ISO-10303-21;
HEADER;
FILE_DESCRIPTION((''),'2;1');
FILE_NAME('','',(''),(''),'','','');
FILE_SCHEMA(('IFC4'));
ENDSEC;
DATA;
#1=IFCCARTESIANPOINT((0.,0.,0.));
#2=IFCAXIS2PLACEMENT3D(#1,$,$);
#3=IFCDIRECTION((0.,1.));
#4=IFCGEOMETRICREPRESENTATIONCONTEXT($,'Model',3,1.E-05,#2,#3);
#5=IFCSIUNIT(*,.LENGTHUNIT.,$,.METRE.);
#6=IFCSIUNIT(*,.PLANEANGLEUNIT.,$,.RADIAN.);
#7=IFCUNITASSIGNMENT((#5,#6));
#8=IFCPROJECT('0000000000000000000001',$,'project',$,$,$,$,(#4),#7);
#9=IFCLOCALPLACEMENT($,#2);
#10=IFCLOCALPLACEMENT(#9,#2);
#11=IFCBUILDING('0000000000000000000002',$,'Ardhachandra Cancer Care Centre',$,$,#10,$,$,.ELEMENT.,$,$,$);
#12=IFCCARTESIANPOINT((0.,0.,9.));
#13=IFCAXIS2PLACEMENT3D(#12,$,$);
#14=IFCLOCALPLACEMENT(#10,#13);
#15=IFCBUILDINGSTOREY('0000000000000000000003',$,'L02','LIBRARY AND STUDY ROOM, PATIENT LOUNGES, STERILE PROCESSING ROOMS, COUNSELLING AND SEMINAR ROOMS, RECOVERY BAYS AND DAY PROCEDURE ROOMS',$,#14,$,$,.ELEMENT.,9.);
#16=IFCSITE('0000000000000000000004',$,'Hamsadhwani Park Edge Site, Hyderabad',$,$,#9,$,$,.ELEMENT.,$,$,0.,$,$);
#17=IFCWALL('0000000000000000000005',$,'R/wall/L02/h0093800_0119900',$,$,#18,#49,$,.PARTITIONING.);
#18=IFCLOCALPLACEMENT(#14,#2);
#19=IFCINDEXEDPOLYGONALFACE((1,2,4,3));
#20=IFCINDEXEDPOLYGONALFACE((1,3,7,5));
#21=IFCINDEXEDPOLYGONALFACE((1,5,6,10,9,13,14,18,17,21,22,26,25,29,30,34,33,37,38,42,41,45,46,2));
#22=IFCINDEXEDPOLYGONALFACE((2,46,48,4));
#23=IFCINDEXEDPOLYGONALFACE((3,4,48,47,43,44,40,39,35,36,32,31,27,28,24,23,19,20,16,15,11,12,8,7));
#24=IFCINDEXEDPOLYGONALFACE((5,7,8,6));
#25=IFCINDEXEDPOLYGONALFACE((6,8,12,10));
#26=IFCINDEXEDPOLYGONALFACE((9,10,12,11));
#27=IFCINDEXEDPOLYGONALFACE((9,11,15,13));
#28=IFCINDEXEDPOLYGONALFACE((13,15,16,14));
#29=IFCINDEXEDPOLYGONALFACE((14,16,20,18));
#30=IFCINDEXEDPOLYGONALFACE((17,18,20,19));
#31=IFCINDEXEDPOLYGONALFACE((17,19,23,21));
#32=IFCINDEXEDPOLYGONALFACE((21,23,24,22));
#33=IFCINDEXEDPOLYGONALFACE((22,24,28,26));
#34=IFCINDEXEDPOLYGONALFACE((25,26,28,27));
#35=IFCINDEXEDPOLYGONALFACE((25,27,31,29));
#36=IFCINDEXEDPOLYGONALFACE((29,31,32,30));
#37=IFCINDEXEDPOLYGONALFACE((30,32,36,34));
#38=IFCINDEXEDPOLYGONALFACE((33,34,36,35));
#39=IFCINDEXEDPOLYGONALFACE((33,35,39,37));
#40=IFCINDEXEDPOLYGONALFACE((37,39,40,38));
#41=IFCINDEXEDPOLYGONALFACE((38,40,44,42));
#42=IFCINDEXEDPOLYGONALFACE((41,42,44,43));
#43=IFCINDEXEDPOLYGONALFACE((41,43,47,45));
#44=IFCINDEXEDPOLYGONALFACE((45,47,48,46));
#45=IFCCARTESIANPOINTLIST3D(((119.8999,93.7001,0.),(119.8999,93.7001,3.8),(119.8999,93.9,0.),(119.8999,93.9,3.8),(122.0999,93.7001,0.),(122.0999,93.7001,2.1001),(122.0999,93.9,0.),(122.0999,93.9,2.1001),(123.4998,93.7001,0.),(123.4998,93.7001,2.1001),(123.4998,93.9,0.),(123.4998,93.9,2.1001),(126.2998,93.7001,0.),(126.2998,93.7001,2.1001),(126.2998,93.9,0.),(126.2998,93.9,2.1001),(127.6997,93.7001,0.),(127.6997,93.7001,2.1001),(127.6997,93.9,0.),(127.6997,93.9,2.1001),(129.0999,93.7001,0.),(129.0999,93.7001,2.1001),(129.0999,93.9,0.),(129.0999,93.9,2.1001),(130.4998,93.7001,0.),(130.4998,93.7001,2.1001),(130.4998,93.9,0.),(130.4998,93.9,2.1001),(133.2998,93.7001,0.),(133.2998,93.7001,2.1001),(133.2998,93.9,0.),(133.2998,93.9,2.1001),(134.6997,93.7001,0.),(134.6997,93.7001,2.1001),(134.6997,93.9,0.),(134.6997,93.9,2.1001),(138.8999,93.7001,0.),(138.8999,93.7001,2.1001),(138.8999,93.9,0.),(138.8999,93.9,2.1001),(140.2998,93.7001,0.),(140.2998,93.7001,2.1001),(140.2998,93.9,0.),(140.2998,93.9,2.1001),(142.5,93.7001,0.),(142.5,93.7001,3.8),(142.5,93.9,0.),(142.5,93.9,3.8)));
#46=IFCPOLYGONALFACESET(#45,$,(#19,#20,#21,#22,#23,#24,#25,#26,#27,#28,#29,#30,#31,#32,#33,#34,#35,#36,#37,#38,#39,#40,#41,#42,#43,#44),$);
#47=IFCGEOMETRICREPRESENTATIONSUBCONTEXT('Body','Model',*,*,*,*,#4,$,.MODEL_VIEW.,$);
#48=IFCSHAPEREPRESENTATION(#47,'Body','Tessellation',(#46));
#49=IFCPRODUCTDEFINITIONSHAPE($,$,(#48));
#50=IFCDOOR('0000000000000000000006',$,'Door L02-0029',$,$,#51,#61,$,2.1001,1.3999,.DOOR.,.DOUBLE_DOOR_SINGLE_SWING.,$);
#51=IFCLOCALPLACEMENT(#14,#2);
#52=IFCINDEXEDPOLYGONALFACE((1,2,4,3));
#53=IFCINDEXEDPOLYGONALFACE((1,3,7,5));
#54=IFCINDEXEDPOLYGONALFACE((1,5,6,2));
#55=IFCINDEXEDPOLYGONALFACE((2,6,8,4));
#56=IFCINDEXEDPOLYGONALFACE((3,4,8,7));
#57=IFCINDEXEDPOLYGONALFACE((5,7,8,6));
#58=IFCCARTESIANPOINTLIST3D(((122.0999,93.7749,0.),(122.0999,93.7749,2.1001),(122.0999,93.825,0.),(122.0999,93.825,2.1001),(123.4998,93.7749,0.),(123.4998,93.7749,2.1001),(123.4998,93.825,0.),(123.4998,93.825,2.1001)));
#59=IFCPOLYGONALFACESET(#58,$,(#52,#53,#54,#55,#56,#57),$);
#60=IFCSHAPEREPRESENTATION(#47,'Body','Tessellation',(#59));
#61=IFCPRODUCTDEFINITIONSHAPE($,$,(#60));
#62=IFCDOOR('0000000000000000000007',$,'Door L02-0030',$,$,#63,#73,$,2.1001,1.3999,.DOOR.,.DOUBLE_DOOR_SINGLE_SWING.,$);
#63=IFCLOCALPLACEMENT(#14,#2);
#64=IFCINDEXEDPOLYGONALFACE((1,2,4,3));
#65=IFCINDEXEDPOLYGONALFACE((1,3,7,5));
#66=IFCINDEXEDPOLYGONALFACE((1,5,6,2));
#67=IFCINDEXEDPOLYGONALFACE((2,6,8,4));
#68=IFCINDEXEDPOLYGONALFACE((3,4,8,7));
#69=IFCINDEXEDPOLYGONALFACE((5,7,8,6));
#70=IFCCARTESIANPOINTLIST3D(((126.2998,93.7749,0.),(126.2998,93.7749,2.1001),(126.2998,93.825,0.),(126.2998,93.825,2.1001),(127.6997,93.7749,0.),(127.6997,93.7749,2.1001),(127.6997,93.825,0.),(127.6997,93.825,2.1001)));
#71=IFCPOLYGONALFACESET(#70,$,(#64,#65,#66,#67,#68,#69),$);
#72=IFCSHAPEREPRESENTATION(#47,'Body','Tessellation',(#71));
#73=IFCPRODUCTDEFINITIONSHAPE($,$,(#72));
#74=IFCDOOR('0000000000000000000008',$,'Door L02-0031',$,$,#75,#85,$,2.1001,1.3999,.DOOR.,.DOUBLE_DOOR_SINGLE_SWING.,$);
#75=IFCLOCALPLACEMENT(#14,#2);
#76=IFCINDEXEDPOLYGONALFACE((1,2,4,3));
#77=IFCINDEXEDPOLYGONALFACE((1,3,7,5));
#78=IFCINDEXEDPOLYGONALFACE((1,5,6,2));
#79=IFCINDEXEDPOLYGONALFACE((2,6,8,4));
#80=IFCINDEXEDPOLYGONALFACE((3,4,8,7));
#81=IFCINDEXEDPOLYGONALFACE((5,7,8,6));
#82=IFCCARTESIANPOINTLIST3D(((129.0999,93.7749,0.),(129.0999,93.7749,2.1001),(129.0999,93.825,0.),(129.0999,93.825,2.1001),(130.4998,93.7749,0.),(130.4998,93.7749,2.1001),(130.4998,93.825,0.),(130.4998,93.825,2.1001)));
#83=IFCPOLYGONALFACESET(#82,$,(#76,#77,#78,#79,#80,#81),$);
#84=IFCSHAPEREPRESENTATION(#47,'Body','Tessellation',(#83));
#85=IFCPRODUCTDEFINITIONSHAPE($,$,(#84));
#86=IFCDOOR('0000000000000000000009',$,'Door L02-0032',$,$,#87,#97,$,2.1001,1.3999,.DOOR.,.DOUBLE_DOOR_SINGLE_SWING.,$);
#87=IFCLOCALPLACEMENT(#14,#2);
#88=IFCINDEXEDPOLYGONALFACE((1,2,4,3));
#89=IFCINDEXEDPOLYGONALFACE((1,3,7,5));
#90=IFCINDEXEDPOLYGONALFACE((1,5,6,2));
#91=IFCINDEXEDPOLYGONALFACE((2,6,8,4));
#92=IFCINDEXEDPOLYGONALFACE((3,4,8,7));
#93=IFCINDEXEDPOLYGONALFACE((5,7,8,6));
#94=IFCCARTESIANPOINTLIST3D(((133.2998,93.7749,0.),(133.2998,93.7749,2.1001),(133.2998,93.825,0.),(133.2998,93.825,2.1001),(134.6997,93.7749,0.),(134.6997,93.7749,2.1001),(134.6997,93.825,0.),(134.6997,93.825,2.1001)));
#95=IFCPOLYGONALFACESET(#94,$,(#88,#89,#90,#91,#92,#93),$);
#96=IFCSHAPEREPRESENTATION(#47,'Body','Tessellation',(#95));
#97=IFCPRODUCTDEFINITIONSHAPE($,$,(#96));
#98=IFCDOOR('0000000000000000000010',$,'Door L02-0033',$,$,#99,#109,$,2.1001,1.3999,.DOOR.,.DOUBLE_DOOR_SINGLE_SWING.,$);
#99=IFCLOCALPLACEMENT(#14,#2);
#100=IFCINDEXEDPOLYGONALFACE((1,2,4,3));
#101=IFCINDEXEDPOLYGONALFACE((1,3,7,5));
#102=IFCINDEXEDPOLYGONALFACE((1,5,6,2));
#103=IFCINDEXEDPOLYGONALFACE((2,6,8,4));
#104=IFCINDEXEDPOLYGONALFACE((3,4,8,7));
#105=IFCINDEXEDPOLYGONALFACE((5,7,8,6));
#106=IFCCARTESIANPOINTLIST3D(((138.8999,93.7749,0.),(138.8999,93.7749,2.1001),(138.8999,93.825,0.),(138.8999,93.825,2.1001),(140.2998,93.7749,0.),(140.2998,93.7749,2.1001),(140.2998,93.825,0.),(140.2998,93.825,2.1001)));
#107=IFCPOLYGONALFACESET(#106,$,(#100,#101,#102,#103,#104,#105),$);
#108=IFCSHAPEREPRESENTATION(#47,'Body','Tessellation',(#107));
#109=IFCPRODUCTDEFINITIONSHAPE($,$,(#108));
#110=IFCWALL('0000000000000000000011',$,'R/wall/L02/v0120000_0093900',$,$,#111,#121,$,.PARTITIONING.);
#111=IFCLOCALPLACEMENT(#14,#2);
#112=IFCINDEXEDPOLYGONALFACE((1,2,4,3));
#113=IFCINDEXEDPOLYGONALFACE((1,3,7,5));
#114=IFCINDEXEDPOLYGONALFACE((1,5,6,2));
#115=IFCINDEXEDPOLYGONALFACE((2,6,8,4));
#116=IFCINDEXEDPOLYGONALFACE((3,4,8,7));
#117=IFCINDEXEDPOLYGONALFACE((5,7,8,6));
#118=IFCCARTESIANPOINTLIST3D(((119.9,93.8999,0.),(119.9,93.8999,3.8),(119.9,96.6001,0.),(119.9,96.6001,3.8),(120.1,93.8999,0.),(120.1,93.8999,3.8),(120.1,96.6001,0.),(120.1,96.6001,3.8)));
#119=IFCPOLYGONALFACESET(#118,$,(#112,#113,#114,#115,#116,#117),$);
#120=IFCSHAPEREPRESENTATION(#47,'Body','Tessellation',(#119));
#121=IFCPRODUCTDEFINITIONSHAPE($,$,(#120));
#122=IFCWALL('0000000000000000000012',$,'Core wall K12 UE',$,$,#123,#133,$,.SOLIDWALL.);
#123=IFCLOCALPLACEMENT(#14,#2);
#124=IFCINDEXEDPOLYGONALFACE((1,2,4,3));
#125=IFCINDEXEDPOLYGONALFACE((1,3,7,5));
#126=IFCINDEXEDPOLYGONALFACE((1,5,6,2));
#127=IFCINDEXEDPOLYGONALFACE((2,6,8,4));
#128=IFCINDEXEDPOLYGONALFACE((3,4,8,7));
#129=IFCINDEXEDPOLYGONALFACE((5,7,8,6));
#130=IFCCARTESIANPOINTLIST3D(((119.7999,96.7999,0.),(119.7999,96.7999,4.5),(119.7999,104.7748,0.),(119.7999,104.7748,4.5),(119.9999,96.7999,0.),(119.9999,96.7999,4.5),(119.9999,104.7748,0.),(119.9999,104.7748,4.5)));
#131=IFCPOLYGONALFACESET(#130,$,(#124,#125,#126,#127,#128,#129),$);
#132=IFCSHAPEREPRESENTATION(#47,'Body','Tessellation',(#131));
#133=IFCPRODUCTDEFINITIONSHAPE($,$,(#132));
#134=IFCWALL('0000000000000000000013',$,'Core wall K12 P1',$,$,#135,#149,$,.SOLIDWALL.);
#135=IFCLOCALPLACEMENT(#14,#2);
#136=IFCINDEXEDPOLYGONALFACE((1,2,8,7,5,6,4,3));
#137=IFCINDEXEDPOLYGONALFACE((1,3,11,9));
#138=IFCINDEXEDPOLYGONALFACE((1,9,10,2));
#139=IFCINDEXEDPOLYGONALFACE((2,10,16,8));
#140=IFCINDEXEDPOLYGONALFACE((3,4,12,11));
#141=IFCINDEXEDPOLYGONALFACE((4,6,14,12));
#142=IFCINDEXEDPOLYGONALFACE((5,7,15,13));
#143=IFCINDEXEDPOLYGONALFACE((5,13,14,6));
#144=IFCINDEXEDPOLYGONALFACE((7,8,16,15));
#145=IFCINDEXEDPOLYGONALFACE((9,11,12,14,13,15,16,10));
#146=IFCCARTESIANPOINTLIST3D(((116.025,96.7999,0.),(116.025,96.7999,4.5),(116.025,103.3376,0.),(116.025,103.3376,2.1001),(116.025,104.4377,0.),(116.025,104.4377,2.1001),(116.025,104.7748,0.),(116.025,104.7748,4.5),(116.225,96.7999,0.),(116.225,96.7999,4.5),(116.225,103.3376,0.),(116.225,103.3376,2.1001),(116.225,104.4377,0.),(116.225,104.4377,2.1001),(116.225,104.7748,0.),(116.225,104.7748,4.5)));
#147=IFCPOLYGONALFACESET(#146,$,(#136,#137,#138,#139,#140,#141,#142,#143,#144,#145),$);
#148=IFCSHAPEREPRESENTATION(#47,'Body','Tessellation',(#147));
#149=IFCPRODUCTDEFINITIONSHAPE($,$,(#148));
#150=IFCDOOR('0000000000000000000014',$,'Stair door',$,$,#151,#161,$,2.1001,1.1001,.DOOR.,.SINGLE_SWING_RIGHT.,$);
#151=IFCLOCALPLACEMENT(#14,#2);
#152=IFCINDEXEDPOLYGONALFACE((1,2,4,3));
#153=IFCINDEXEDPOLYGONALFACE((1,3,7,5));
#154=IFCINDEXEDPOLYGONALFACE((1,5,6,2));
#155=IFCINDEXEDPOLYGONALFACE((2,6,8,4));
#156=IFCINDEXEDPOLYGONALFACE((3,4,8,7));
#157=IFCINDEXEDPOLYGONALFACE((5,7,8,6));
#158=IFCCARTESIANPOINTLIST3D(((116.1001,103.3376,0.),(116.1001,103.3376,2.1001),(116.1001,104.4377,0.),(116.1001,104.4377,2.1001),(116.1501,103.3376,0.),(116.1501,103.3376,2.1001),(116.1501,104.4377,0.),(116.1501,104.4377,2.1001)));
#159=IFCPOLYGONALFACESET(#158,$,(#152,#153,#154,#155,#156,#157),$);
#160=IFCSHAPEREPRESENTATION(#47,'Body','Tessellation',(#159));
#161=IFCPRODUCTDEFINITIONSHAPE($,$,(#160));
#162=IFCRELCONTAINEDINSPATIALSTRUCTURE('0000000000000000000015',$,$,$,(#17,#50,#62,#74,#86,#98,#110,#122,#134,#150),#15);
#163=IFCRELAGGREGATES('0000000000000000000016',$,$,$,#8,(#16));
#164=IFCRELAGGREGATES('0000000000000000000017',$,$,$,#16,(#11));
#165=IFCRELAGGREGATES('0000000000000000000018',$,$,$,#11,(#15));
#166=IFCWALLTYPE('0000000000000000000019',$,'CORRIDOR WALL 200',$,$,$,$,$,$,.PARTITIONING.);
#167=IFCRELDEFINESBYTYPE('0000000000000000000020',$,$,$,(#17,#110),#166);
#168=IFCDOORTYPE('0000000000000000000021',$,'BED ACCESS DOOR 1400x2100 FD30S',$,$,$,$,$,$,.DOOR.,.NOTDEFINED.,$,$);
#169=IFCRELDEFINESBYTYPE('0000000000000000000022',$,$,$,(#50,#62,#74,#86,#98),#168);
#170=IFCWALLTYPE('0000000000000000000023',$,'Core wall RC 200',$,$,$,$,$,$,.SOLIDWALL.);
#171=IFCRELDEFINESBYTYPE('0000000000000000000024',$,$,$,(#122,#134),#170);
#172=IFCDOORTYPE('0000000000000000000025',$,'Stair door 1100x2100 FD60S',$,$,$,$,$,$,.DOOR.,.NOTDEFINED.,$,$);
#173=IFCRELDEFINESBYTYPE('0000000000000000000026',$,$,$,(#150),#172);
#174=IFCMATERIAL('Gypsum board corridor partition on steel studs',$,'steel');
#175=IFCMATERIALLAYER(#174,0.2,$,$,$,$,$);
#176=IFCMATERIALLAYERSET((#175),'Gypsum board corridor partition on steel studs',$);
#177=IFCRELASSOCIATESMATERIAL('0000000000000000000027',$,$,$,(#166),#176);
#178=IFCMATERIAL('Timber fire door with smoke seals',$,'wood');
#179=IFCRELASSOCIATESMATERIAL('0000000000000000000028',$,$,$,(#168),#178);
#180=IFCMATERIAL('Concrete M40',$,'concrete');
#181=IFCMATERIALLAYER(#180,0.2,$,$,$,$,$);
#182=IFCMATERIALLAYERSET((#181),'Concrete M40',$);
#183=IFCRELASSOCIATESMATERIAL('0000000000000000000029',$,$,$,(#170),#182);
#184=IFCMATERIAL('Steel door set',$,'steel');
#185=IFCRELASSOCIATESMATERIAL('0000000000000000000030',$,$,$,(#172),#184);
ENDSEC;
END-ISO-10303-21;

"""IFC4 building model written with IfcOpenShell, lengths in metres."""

from ifc_helpers import new_model, si_unit, direction, frame, frame_2d, origin, place, context, subcontext, project, spatial, rectangle, extrude, material, layer, layer_set, type_object, element, fill, save


model = new_model("IFC4")

# Units and contexts
model_context = context("Model", 3, precision=1e-05, world=origin(), true_north=direction((0.0, 1.0)))
body_context = subcontext(model_context, "Body", "Model", "MODEL_VIEW")
ifc_project = project(units=[si_unit("LENGTHUNIT", "METRE"), si_unit("PLANEANGLEUNIT", "RADIAN")], contexts=[model_context])

# Site, building, storey
site_placement = place(None, origin())
site = spatial("IfcSite", under=ifc_project, at=site_placement, Name="Hamsadhwani Park Edge Site, Hyderabad", CompositionType="ELEMENT", RefElevation=0.0)
building_placement = place(site_placement, origin())
building = spatial("IfcBuilding", under=site, at=building_placement, Name="Ardhachandra Cancer Care Centre", CompositionType="ELEMENT")
storey_placement = place(building_placement, frame((0.0, 0.0, 9.0)))
storey = spatial("IfcBuildingStorey", under=building, at=storey_placement, Name="L02", Description="LIBRARY AND STUDY ROOM, PATIENT LOUNGES, STERILE PROCESSING ROOMS, COUNSELLING AND SEMINAR ROOMS, RECOVERY BAYS AND DAY PROCEDURE ROOMS", CompositionType="ELEMENT", Elevation=9.0)

# Wall, openings, doors
ifc_material_1 = material(Name="Gypsum board corridor partition on steel studs", Category="steel")
ifc_layer_1 = layer(ifc_material_1, 0.2)
ifc_layer_set_1 = layer_set([ifc_layer_1], Name="Gypsum board corridor partition on steel studs")
wall_type_1 = type_object("IfcWallType", Name="CORRIDOR WALL 200", PredefinedType="PARTITIONING", material=ifc_layer_set_1)
wall_1_placement = place(storey_placement, frame((119.8999, 93.8, 0.0), z_axis=(0.0, 0.0, 1.0), x_axis=(1.0, 0.0, 0.0)))
wall_1 = element("IfcWall", 1, at=wall_1_placement, inside=storey, type_object=wall_type_1, Name="R/wall/L02/h0093800_0119900", PredefinedType="PARTITIONING", context=body_context, shape_type="SweptSolid", body=[
    extrude(rectangle(XDim=22.6001, YDim=0.2, at=frame_2d((11.3, 0.0))), origin(), (0.0, 0.0, 1.0), 3.8),
])
opening_1_placement = place(wall_1_placement, frame((2.2, 0.0, 0.0)))
opening_1 = element("IfcOpeningElement", 2, at=opening_1_placement, cuts=wall_1, PredefinedType="OPENING", context=body_context, shape_type="SweptSolid", body=[
    extrude(rectangle(XDim=1.3999, YDim=2.1001, at=frame_2d((0.7, 1.05))), frame((0.0, 0.1099, 0.0), z_axis=(0.0, -1.0, 0.0), x_axis=(1.0, 0.0, 0.0)), (0.0, 0.0, 1.0), 0.22),
])
opening_2_placement = place(wall_1_placement, frame((6.3999, 0.0, 0.0)))
opening_2 = element("IfcOpeningElement", 3, at=opening_2_placement, cuts=wall_1, PredefinedType="OPENING", context=body_context, shape_type="SweptSolid", body=[
    extrude(rectangle(XDim=1.3999, YDim=2.1001, at=frame_2d((0.7, 1.05))), frame((0.0, 0.1099, 0.0), z_axis=(0.0, -1.0, 0.0), x_axis=(1.0, 0.0, 0.0)), (0.0, 0.0, 1.0), 0.22),
])
opening_3_placement = place(wall_1_placement, frame((9.2, 0.0, 0.0)))
opening_3 = element("IfcOpeningElement", 4, at=opening_3_placement, cuts=wall_1, PredefinedType="OPENING", context=body_context, shape_type="SweptSolid", body=[
    extrude(rectangle(XDim=1.3999, YDim=2.1001, at=frame_2d((0.7, 1.05))), frame((0.0, 0.1099, 0.0), z_axis=(0.0, -1.0, 0.0), x_axis=(1.0, 0.0, 0.0)), (0.0, 0.0, 1.0), 0.22),
])
opening_4_placement = place(wall_1_placement, frame((13.3999, 0.0, 0.0)))
opening_4 = element("IfcOpeningElement", 5, at=opening_4_placement, cuts=wall_1, PredefinedType="OPENING", context=body_context, shape_type="SweptSolid", body=[
    extrude(rectangle(XDim=1.3999, YDim=2.1001, at=frame_2d((0.7, 1.05))), frame((0.0, 0.1099, 0.0), z_axis=(0.0, -1.0, 0.0), x_axis=(1.0, 0.0, 0.0)), (0.0, 0.0, 1.0), 0.22),
])
opening_5_placement = place(wall_1_placement, frame((19.0, 0.0, 0.0)))
opening_5 = element("IfcOpeningElement", 6, at=opening_5_placement, cuts=wall_1, PredefinedType="OPENING", context=body_context, shape_type="SweptSolid", body=[
    extrude(rectangle(XDim=1.3999, YDim=2.1001, at=frame_2d((0.7, 1.05))), frame((0.0, 0.1099, 0.0), z_axis=(0.0, -1.0, 0.0), x_axis=(1.0, 0.0, 0.0)), (0.0, 0.0, 1.0), 0.22),
])
ifc_material_2 = material(Name="Timber fire door with smoke seals", Category="wood")
door_type_1 = type_object("IfcDoorType", Name="BED ACCESS DOOR 1400x2100 FD30S", OperationType="NOTDEFINED", PredefinedType="DOOR", material=ifc_material_2)
door_1_placement = place(opening_1_placement, origin())
door_1 = element("IfcDoor", 7, at=door_1_placement, inside=storey, type_object=door_type_1, Name="Door L02-0029", OperationType="DOUBLE_DOOR_SINGLE_SWING", OverallHeight=2.1001, OverallWidth=1.3999, PredefinedType="DOOR", context=body_context, shape_type="SweptSolid", body=[
    extrude(rectangle(XDim=1.3999, YDim=2.1001, at=frame_2d((0.7, 1.05))), frame((0.0, 0.0249, 0.0), z_axis=(0.0, -1.0, 0.0), x_axis=(1.0, 0.0, 0.0)), (0.0, 0.0, 1.0), 0.05),
])
fill(opening_1, door_1)
door_2_placement = place(opening_2_placement, origin())
door_2 = element("IfcDoor", 8, at=door_2_placement, inside=storey, type_object=door_type_1, Name="Door L02-0030", OperationType="DOUBLE_DOOR_SINGLE_SWING", OverallHeight=2.1001, OverallWidth=1.3999, PredefinedType="DOOR", context=body_context, shape_type="SweptSolid", body=[
    extrude(rectangle(XDim=1.3999, YDim=2.1001, at=frame_2d((0.7, 1.05))), frame((0.0, 0.0249, 0.0), z_axis=(0.0, -1.0, 0.0), x_axis=(1.0, 0.0, 0.0)), (0.0, 0.0, 1.0), 0.05),
])
fill(opening_2, door_2)
door_3_placement = place(opening_3_placement, origin())
door_3 = element("IfcDoor", 9, at=door_3_placement, inside=storey, type_object=door_type_1, Name="Door L02-0031", OperationType="DOUBLE_DOOR_SINGLE_SWING", OverallHeight=2.1001, OverallWidth=1.3999, PredefinedType="DOOR", context=body_context, shape_type="SweptSolid", body=[
    extrude(rectangle(XDim=1.3999, YDim=2.1001, at=frame_2d((0.7, 1.05))), frame((0.0, 0.0249, 0.0), z_axis=(0.0, -1.0, 0.0), x_axis=(1.0, 0.0, 0.0)), (0.0, 0.0, 1.0), 0.05),
])
fill(opening_3, door_3)
door_4_placement = place(opening_4_placement, origin())
door_4 = element("IfcDoor", 10, at=door_4_placement, inside=storey, type_object=door_type_1, Name="Door L02-0032", OperationType="DOUBLE_DOOR_SINGLE_SWING", OverallHeight=2.1001, OverallWidth=1.3999, PredefinedType="DOOR", context=body_context, shape_type="SweptSolid", body=[
    extrude(rectangle(XDim=1.3999, YDim=2.1001, at=frame_2d((0.7, 1.05))), frame((0.0, 0.0249, 0.0), z_axis=(0.0, -1.0, 0.0), x_axis=(1.0, 0.0, 0.0)), (0.0, 0.0, 1.0), 0.05),
])
fill(opening_4, door_4)
door_5_placement = place(opening_5_placement, origin())
door_5 = element("IfcDoor", 11, at=door_5_placement, inside=storey, type_object=door_type_1, Name="Door L02-0033", OperationType="DOUBLE_DOOR_SINGLE_SWING", OverallHeight=2.1001, OverallWidth=1.3999, PredefinedType="DOOR", context=body_context, shape_type="SweptSolid", body=[
    extrude(rectangle(XDim=1.3999, YDim=2.1001, at=frame_2d((0.7, 1.05))), frame((0.0, 0.0249, 0.0), z_axis=(0.0, -1.0, 0.0), x_axis=(1.0, 0.0, 0.0)), (0.0, 0.0, 1.0), 0.05),
])
fill(opening_5, door_5)

# Walls
wall_2_placement = place(storey_placement, frame((120.0, 93.8999, 0.0), z_axis=(0.0, 0.0, 1.0), x_axis=(0.0, 1.0, 0.0)))
element("IfcWall", 12, at=wall_2_placement, inside=storey, type_object=wall_type_1, Name="R/wall/L02/v0120000_0093900", PredefinedType="PARTITIONING", context=body_context, shape_type="SweptSolid", body=[
    extrude(rectangle(XDim=2.7002, YDim=0.2, at=frame_2d((1.3501, 0.0))), origin(), (0.0, 0.0, 1.0), 3.8),
])
ifc_material_3 = material(Name="Concrete M40", Category="concrete")
ifc_layer_2 = layer(ifc_material_3, 0.2)
ifc_layer_set_2 = layer_set([ifc_layer_2], Name="Concrete M40")
wall_type_2 = type_object("IfcWallType", Name="Core wall RC 200", PredefinedType="SOLIDWALL", material=ifc_layer_set_2)
wall_3_placement = place(storey_placement, frame((119.8999, 96.8, 0.0), z_axis=(0.0, 0.0, 1.0), x_axis=(0.0, 1.0, 0.0)))
element("IfcWall", 13, at=wall_3_placement, inside=storey, type_object=wall_type_2, Name="Core wall K12 UE", PredefinedType="SOLIDWALL", context=body_context, shape_type="SweptSolid", body=[
    extrude(rectangle(XDim=7.9749, YDim=0.2, at=frame_2d((3.9873, 0.0))), origin(), (0.0, 0.0, 1.0), 4.5),
])

# Wall, opening, door
wall_4_placement = place(storey_placement, frame((116.125, 96.8, 0.0), z_axis=(0.0, 0.0, 1.0), x_axis=(0.0, 1.0, 0.0)))
wall_4 = element("IfcWall", 14, at=wall_4_placement, inside=storey, type_object=wall_type_2, Name="Core wall K12 P1", PredefinedType="SOLIDWALL", context=body_context, shape_type="SweptSolid", body=[
    extrude(rectangle(XDim=7.9749, YDim=0.2, at=frame_2d((3.9873, 0.0))), origin(), (0.0, 0.0, 1.0), 4.5),
])
opening_6_placement = place(wall_4_placement, frame((6.5376, 0.0, 0.0)))
opening_6 = element("IfcOpeningElement", 15, at=opening_6_placement, cuts=wall_4, PredefinedType="OPENING", context=body_context, shape_type="SweptSolid", body=[
    extrude(rectangle(XDim=1.1001, YDim=2.1001, at=frame_2d((0.55, 1.05))), frame((0.0, 0.1099, 0.0), z_axis=(0.0, -1.0, 0.0), x_axis=(1.0, 0.0, 0.0)), (0.0, 0.0, 1.0), 0.22),
])
ifc_material_4 = material(Name="Steel door set", Category="steel")
door_type_2 = type_object("IfcDoorType", Name="Stair door 1100x2100 FD60S", OperationType="NOTDEFINED", PredefinedType="DOOR", material=ifc_material_4)
door_6_placement = place(opening_6_placement, origin())
door_6 = element("IfcDoor", 16, at=door_6_placement, inside=storey, type_object=door_type_2, Name="Stair door", OperationType="SINGLE_SWING_RIGHT", OverallHeight=2.1001, OverallWidth=1.1001, PredefinedType="DOOR", context=body_context, shape_type="SweptSolid", body=[
    extrude(rectangle(XDim=1.1001, YDim=2.1001, at=frame_2d((0.55, 1.05))), frame((0.0, 0.0249, 0.0), z_axis=(0.0, -1.0, 0.0), x_axis=(1.0, 0.0, 0.0)), (0.0, 0.0, 1.0), 0.05),
])
fill(opening_6, door_6)

save(model, "model.ifc")
